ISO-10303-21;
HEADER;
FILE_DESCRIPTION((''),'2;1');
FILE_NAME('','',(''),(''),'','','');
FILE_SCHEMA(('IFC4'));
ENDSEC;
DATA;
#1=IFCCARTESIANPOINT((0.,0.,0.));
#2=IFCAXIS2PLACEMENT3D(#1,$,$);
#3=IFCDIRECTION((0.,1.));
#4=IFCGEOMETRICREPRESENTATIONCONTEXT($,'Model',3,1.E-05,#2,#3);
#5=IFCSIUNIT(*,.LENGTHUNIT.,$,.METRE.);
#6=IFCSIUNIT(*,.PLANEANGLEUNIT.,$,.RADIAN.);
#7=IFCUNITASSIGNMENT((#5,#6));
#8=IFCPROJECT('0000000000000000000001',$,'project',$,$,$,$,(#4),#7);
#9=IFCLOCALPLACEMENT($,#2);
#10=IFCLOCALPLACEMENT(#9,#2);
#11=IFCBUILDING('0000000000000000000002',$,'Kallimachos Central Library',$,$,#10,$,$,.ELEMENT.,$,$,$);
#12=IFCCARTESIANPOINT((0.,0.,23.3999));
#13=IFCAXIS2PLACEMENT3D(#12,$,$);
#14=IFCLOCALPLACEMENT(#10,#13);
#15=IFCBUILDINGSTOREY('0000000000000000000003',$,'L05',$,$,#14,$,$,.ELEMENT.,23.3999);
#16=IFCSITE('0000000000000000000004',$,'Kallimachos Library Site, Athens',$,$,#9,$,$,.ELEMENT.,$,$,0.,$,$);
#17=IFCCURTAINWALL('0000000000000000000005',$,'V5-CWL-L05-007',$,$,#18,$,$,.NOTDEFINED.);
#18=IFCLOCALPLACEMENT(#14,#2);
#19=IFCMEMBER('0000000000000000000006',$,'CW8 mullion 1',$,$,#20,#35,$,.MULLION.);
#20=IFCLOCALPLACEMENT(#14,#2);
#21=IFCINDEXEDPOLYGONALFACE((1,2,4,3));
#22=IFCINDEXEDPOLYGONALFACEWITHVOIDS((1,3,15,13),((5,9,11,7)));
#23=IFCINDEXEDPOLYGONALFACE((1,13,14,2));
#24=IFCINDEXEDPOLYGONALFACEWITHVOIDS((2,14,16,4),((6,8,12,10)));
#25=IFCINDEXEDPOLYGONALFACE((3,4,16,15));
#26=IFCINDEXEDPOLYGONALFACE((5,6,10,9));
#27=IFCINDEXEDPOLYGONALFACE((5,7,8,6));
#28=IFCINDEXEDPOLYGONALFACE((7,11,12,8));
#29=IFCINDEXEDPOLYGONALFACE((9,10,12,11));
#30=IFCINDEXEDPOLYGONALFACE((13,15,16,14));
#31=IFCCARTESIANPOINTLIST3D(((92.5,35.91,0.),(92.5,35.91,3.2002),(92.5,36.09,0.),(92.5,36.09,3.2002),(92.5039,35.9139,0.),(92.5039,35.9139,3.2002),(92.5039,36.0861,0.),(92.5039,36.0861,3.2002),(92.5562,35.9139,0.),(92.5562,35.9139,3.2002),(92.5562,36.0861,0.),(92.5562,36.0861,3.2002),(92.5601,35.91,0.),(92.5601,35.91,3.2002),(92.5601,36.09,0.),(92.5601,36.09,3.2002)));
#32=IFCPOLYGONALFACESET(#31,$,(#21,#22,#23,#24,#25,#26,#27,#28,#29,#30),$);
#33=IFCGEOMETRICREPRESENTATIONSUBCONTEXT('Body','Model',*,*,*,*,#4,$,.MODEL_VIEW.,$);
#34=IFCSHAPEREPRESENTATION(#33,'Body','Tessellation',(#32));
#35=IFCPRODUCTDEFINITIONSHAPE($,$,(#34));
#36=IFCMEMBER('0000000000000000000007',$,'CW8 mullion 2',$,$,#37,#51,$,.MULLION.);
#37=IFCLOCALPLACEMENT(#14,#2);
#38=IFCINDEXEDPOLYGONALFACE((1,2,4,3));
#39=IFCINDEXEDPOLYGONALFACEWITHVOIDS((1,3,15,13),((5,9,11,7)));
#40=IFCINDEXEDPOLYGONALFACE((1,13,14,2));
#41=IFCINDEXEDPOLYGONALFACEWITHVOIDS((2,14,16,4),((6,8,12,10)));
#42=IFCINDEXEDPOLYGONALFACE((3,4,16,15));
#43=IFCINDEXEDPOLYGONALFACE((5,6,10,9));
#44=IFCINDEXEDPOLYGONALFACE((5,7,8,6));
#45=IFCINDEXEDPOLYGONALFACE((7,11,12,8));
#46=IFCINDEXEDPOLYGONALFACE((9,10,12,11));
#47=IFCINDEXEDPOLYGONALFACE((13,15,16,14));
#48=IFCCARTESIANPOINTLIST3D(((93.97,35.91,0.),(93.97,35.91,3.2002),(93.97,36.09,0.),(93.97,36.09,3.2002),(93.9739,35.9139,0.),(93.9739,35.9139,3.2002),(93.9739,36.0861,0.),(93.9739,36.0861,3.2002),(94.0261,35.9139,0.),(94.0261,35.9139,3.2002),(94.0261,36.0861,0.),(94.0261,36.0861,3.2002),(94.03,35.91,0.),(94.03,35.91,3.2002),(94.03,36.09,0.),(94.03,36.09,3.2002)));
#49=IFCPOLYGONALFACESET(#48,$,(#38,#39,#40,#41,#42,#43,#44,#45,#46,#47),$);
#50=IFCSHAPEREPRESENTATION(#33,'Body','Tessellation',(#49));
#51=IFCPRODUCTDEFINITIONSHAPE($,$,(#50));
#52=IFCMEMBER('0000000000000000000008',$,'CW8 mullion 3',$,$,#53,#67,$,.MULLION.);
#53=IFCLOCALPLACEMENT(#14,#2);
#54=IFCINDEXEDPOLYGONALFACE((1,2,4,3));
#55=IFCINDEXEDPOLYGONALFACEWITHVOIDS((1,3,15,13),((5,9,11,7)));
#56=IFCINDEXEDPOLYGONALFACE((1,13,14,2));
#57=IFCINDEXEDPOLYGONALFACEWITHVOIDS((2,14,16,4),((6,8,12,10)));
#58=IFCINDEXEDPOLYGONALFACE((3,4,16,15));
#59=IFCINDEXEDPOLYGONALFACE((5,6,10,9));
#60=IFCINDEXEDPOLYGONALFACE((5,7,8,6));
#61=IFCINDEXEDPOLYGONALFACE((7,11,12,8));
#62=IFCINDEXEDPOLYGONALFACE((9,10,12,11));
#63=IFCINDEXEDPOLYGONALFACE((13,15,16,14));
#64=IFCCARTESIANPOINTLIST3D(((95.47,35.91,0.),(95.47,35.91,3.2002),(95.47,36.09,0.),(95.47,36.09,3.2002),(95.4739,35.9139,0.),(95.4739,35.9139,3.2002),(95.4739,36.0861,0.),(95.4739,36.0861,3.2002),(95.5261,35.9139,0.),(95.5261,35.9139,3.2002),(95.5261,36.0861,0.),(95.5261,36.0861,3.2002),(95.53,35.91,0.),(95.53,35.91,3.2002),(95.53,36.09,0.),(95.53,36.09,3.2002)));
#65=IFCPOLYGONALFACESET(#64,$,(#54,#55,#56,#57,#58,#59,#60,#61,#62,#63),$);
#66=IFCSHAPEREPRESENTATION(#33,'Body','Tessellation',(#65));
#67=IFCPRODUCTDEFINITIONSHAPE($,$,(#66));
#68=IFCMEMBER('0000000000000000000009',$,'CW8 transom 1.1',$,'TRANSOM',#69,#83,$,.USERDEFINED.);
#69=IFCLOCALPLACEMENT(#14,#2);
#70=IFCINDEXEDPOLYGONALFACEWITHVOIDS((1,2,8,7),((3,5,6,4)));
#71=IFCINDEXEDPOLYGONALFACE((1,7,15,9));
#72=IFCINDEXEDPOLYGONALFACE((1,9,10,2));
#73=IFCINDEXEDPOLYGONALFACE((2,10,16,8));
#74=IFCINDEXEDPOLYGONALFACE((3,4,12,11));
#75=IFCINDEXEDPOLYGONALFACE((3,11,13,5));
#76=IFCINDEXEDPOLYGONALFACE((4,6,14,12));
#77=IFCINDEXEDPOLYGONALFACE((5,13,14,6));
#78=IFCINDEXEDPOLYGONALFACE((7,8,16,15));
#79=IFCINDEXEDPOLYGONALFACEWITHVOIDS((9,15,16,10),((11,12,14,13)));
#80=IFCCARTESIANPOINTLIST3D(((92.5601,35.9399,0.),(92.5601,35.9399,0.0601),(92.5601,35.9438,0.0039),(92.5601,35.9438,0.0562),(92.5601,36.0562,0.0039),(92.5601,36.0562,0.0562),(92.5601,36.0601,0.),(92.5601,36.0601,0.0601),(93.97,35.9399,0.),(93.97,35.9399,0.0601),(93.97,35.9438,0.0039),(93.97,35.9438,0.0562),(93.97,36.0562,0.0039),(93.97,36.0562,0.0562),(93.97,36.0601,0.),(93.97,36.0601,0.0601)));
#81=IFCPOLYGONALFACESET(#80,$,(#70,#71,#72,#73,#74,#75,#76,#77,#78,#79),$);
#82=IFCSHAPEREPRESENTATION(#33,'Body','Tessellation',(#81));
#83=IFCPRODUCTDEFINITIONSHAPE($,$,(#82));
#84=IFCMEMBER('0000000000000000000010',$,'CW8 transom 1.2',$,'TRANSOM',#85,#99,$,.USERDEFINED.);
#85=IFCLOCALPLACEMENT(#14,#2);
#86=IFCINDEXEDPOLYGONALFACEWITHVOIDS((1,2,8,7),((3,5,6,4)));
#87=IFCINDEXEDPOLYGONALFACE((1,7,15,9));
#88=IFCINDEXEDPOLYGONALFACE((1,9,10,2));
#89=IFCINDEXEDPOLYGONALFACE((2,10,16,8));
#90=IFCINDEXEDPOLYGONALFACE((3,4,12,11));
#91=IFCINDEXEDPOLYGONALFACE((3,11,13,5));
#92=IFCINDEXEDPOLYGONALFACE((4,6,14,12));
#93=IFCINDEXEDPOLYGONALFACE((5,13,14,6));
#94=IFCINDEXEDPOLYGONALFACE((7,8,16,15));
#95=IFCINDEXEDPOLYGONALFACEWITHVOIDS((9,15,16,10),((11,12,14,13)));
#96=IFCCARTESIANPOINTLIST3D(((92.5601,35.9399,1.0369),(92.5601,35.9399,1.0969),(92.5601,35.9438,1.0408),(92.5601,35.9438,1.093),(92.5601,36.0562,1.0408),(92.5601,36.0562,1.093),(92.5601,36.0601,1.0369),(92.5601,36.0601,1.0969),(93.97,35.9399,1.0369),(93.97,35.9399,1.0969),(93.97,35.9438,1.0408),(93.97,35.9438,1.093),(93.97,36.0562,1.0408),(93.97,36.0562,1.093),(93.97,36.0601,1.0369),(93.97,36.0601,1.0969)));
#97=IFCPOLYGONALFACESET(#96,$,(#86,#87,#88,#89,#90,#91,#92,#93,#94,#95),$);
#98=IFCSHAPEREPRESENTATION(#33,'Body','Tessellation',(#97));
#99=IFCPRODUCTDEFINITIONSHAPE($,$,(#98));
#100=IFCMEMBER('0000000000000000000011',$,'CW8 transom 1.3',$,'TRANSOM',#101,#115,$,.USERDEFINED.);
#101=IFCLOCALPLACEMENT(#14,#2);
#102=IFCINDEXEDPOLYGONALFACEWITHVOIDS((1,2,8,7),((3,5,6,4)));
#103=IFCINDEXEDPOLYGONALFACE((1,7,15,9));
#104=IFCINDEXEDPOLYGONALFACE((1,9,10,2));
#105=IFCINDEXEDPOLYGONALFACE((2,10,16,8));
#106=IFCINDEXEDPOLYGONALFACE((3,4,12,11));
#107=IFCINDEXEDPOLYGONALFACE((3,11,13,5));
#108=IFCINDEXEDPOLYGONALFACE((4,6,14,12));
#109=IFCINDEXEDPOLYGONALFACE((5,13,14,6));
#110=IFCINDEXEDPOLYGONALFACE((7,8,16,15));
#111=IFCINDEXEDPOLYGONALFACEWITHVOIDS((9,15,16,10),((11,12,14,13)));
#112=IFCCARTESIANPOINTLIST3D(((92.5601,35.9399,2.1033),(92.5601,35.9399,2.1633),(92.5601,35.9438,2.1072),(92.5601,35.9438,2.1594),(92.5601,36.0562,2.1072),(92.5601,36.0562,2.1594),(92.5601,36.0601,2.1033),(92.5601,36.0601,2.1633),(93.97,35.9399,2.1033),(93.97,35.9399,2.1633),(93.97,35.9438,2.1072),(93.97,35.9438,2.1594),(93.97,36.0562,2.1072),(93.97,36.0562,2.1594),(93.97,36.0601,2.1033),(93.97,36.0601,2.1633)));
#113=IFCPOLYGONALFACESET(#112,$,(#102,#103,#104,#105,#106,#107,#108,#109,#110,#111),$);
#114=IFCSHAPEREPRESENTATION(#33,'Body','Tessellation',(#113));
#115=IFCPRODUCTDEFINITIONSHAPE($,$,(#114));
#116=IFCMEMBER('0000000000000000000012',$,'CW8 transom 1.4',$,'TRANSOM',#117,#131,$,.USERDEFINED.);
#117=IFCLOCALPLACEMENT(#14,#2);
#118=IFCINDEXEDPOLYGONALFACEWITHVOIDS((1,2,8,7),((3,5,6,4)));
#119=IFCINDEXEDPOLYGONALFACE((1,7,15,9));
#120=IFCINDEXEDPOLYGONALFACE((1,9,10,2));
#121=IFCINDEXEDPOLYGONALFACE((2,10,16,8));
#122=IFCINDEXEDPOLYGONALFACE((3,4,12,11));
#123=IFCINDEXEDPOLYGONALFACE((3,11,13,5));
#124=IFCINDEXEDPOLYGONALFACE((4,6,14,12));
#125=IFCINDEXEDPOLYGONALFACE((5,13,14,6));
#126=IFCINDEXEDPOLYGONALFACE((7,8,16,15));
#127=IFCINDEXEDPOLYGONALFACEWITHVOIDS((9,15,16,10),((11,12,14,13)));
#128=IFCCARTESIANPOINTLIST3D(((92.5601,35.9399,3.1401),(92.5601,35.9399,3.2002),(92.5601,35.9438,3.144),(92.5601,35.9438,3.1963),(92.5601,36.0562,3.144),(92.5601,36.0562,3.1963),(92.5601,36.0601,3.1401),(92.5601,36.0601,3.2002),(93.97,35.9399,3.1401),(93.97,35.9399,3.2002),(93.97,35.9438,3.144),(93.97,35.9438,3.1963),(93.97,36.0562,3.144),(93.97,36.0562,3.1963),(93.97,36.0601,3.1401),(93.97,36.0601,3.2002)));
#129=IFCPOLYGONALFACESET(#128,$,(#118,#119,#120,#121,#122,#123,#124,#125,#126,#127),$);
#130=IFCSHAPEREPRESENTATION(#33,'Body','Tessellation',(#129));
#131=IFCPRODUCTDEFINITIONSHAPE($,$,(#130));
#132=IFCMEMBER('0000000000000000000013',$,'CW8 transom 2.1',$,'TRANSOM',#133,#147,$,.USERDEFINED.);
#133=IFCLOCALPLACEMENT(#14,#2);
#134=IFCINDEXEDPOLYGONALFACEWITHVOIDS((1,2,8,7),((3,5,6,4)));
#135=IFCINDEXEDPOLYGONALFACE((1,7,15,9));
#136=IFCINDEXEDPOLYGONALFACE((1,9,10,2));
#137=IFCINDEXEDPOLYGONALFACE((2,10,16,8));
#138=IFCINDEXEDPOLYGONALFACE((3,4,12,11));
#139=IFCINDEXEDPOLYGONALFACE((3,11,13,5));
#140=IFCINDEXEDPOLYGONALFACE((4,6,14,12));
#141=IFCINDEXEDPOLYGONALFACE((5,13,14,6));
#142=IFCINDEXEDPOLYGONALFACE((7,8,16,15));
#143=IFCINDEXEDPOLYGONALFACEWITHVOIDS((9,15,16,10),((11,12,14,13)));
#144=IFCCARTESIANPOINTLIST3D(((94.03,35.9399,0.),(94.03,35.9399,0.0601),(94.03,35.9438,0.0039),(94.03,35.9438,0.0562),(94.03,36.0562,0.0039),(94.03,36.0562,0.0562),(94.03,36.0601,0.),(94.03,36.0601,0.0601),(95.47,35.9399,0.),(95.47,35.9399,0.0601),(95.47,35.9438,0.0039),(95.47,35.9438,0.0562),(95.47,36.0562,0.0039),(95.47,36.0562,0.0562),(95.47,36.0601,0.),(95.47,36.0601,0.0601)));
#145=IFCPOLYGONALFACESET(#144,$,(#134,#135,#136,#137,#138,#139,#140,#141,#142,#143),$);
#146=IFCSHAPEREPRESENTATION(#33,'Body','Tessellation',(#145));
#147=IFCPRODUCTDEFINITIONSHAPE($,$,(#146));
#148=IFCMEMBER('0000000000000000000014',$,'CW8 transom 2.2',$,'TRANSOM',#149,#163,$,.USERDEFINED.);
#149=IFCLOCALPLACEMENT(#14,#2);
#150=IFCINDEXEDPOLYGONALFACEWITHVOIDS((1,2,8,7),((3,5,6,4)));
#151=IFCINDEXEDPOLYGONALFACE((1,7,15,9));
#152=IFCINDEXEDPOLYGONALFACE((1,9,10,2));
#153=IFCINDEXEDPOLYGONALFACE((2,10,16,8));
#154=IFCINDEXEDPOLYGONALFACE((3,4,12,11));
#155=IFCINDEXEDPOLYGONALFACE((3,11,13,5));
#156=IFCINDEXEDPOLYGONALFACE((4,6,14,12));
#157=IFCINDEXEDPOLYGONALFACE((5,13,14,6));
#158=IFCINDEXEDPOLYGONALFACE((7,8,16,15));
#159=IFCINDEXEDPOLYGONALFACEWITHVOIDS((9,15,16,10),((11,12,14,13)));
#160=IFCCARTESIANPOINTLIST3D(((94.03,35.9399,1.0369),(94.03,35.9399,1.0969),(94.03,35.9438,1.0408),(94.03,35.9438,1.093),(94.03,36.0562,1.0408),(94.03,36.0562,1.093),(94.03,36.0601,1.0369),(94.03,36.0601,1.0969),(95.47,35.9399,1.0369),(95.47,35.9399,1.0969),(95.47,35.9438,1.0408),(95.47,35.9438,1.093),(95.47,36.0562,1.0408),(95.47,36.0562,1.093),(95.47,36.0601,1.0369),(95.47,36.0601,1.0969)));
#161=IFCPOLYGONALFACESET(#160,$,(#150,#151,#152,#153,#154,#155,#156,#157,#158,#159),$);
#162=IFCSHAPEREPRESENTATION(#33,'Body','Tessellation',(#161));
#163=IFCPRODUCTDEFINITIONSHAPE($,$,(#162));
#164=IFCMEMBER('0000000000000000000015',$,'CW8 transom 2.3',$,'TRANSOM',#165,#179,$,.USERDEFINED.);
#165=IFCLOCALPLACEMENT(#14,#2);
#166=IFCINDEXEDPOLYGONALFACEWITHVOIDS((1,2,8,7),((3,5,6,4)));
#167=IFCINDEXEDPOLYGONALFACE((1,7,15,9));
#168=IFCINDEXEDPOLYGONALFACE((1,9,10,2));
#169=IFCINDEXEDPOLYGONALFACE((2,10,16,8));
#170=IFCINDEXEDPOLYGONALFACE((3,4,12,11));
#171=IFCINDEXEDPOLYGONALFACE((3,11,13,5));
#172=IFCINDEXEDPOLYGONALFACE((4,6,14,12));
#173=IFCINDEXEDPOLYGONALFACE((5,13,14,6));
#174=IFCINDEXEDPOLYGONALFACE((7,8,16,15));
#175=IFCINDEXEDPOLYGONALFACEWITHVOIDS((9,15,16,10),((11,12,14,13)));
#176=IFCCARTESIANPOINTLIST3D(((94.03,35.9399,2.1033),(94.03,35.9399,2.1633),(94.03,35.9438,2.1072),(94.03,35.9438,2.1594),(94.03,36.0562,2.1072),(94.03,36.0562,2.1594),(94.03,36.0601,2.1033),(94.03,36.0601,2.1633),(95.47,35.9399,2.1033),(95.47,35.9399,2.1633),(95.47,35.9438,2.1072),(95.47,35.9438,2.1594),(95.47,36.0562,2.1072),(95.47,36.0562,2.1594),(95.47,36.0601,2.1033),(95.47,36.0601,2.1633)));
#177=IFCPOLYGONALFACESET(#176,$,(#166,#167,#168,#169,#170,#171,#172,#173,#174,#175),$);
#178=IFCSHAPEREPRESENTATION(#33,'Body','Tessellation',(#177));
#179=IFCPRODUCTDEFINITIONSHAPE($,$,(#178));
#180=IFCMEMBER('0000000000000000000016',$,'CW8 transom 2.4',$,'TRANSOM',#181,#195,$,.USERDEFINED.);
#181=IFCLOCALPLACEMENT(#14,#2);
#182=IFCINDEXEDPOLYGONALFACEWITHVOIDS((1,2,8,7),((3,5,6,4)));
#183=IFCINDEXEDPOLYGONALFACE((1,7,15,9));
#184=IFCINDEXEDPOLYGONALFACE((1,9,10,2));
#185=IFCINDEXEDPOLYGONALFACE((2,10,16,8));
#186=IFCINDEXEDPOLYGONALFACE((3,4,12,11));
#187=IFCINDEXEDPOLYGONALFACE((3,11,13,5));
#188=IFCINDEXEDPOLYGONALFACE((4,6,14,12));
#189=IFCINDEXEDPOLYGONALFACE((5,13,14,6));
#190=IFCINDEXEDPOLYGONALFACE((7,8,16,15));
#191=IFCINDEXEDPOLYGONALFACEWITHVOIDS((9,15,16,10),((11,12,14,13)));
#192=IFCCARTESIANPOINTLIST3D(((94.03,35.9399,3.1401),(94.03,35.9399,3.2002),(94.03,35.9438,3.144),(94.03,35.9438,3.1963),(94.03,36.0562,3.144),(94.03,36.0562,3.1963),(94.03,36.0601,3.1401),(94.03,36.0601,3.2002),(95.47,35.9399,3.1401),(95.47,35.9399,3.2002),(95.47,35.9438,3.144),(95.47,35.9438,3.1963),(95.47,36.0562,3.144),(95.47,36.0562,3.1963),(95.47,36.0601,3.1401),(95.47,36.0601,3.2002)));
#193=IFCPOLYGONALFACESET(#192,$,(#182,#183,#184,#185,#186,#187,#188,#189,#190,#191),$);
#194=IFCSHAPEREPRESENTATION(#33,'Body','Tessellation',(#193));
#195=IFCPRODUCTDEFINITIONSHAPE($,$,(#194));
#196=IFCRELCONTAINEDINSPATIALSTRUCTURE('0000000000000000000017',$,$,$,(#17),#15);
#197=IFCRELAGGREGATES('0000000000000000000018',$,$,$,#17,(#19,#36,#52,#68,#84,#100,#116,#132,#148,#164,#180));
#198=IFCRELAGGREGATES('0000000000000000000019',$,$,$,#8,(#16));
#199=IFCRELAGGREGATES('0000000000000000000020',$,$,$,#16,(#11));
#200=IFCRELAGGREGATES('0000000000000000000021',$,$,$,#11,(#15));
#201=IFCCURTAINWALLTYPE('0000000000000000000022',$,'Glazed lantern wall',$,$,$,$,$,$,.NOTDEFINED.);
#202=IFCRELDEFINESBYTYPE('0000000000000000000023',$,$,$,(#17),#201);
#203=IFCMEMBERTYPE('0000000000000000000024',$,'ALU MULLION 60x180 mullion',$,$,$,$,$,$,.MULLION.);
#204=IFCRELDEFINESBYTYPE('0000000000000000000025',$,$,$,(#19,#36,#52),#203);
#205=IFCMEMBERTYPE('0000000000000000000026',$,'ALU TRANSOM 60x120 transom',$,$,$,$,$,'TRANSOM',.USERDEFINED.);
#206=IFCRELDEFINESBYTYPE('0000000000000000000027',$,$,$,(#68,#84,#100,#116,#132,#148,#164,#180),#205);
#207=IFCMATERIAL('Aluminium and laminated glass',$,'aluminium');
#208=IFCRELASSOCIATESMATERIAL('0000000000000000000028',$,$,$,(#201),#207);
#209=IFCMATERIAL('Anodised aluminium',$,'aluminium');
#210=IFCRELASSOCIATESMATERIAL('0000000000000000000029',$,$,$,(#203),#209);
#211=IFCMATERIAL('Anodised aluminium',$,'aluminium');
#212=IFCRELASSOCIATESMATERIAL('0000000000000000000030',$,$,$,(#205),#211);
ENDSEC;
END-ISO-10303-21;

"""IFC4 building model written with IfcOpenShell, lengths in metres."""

from ifc_helpers import new_model, si_unit, direction, frame, origin, origin_2d, place, context, subcontext, project, spatial, hollow_rectangle, extrude, material, material_profile, profile_set, type_object, element, aggregate, save


model = new_model("IFC4")

# Units and contexts
model_context = context("Model", 3, precision=1e-05, world=origin(), true_north=direction((0.0, 1.0)))
body_context = subcontext(model_context, "Body", "Model", "MODEL_VIEW")
ifc_project = project(units=[si_unit("LENGTHUNIT", "METRE"), si_unit("PLANEANGLEUNIT", "RADIAN")], contexts=[model_context])

# Site, building, storey
site_placement = place(None, origin())
site = spatial("IfcSite", under=ifc_project, at=site_placement, Name="Kallimachos Library Site, Athens", CompositionType="ELEMENT", RefElevation=0.0)
building_placement = place(site_placement, origin())
building = spatial("IfcBuilding", under=site, at=building_placement, Name="Kallimachos Central Library", CompositionType="ELEMENT")
storey_placement = place(building_placement, frame((0.0, 0.0, 23.3999)))
storey = spatial("IfcBuildingStorey", under=building, at=storey_placement, Name="L05", CompositionType="ELEMENT", Elevation=23.3999)

# Curtain wall, members
ifc_material_1 = material(Name="Aluminium and laminated glass", Category="aluminium")
curtain_wall_type = type_object("IfcCurtainWallType", Name="Glazed lantern wall", PredefinedType="NOTDEFINED", material=ifc_material_1)
curtain_wall_placement = place(storey_placement, origin())
curtain_wall = element("IfcCurtainWall", 1, at=curtain_wall_placement, inside=storey, type_object=curtain_wall_type, Name="V5-CWL-L05-007", PredefinedType="NOTDEFINED")
ifc_material_2 = material(Name="Anodised aluminium", Category="aluminium")
ifc_material_profile_1 = material_profile(ifc_material_2, hollow_rectangle(XDim=0.0601, YDim=0.1799, WallThickness=0.0039, at=origin_2d()), Name="ALU MULLION 60x180")
ifc_profile_set_1 = profile_set([ifc_material_profile_1], Name="Anodised aluminium")
member_type_1 = type_object("IfcMemberType", Name="ALU MULLION 60x180 mullion", PredefinedType="MULLION", material=ifc_profile_set_1)
member_1_placement = place(storey_placement, frame((92.53, 36.0, 0.0), z_axis=(0.0, 0.0, 1.0), x_axis=(1.0, 0.0, 0.0)))
member_1 = element("IfcMember", 2, at=member_1_placement, type_object=member_type_1, Name="CW8 mullion 1", PredefinedType="MULLION", context=body_context, shape_type="SweptSolid", body=[
    extrude(hollow_rectangle(XDim=0.0601, YDim=0.1799, WallThickness=0.0039, at=origin_2d()), origin(), (0.0, 0.0, 1.0), 3.2002),
])
member_2_placement = place(storey_placement, frame((94.0, 36.0, 0.0), z_axis=(0.0, 0.0, 1.0), x_axis=(1.0, 0.0, 0.0)))
member_2 = element("IfcMember", 3, at=member_2_placement, type_object=member_type_1, Name="CW8 mullion 2", PredefinedType="MULLION", context=body_context, shape_type="SweptSolid", body=[
    extrude(hollow_rectangle(XDim=0.0601, YDim=0.1799, WallThickness=0.0039, at=origin_2d()), origin(), (0.0, 0.0, 1.0), 3.2002),
])
member_3_placement = place(storey_placement, frame((95.5, 36.0, 0.0), z_axis=(0.0, 0.0, 1.0), x_axis=(1.0, 0.0, 0.0)))
member_3 = element("IfcMember", 4, at=member_3_placement, type_object=member_type_1, Name="CW8 mullion 3", PredefinedType="MULLION", context=body_context, shape_type="SweptSolid", body=[
    extrude(hollow_rectangle(XDim=0.0601, YDim=0.1799, WallThickness=0.0039, at=origin_2d()), origin(), (0.0, 0.0, 1.0), 3.2002),
])
ifc_material_3 = material(Name="Anodised aluminium", Category="aluminium")
ifc_material_profile_2 = material_profile(ifc_material_3, hollow_rectangle(XDim=0.0601, YDim=0.1201, WallThickness=0.0039, at=origin_2d()), Name="ALU TRANSOM 60x120")
ifc_profile_set_2 = profile_set([ifc_material_profile_2], Name="Anodised aluminium")
member_type_2 = type_object("IfcMemberType", Name="ALU TRANSOM 60x120 transom", ElementType="TRANSOM", PredefinedType="USERDEFINED", material=ifc_profile_set_2)
member_4_placement = place(storey_placement, frame((92.5601, 36.0, 0.03), z_axis=(1.0, 0.0, 0.0), x_axis=(0.0, 0.0, 1.0)))
member_4 = element("IfcMember", 5, at=member_4_placement, type_object=member_type_2, Name="CW8 transom 1.1", ObjectType="TRANSOM", PredefinedType="USERDEFINED", context=body_context, shape_type="SweptSolid", body=[
    extrude(hollow_rectangle(XDim=0.0601, YDim=0.1201, WallThickness=0.0039, at=origin_2d()), origin(), (0.0, 0.0, 1.0), 1.4099),
])
member_5_placement = place(storey_placement, frame((92.5601, 36.0, 1.0669), z_axis=(1.0, 0.0, 0.0), x_axis=(0.0, 0.0, 1.0)))
member_5 = element("IfcMember", 6, at=member_5_placement, type_object=member_type_2, Name="CW8 transom 1.2", ObjectType="TRANSOM", PredefinedType="USERDEFINED", context=body_context, shape_type="SweptSolid", body=[
    extrude(hollow_rectangle(XDim=0.0601, YDim=0.1201, WallThickness=0.0039, at=origin_2d()), origin(), (0.0, 0.0, 1.0), 1.4099),
])
member_6_placement = place(storey_placement, frame((92.5601, 36.0, 2.1333), z_axis=(1.0, 0.0, 0.0), x_axis=(0.0, 0.0, 1.0)))
member_6 = element("IfcMember", 7, at=member_6_placement, type_object=member_type_2, Name="CW8 transom 1.3", ObjectType="TRANSOM", PredefinedType="USERDEFINED", context=body_context, shape_type="SweptSolid", body=[
    extrude(hollow_rectangle(XDim=0.0601, YDim=0.1201, WallThickness=0.0039, at=origin_2d()), origin(), (0.0, 0.0, 1.0), 1.4099),
])
member_7_placement = place(storey_placement, frame((92.5601, 36.0, 3.1702), z_axis=(1.0, 0.0, 0.0), x_axis=(0.0, 0.0, 1.0)))
member_7 = element("IfcMember", 8, at=member_7_placement, type_object=member_type_2, Name="CW8 transom 1.4", ObjectType="TRANSOM", PredefinedType="USERDEFINED", context=body_context, shape_type="SweptSolid", body=[
    extrude(hollow_rectangle(XDim=0.0601, YDim=0.1201, WallThickness=0.0039, at=origin_2d()), origin(), (0.0, 0.0, 1.0), 1.4099),
])
member_8_placement = place(storey_placement, frame((94.03, 36.0, 0.03), z_axis=(1.0, 0.0, 0.0), x_axis=(0.0, 0.0, 1.0)))
member_8 = element("IfcMember", 9, at=member_8_placement, type_object=member_type_2, Name="CW8 transom 2.1", ObjectType="TRANSOM", PredefinedType="USERDEFINED", context=body_context, shape_type="SweptSolid", body=[
    extrude(hollow_rectangle(XDim=0.0601, YDim=0.1201, WallThickness=0.0039, at=origin_2d()), origin(), (0.0, 0.0, 1.0), 1.4399),
])
member_9_placement = place(storey_placement, frame((94.03, 36.0, 1.0669), z_axis=(1.0, 0.0, 0.0), x_axis=(0.0, 0.0, 1.0)))
member_9 = element("IfcMember", 10, at=member_9_placement, type_object=member_type_2, Name="CW8 transom 2.2", ObjectType="TRANSOM", PredefinedType="USERDEFINED", context=body_context, shape_type="SweptSolid", body=[
    extrude(hollow_rectangle(XDim=0.0601, YDim=0.1201, WallThickness=0.0039, at=origin_2d()), origin(), (0.0, 0.0, 1.0), 1.4399),
])
member_10_placement = place(storey_placement, frame((94.03, 36.0, 2.1333), z_axis=(1.0, 0.0, 0.0), x_axis=(0.0, 0.0, 1.0)))
member_10 = element("IfcMember", 11, at=member_10_placement, type_object=member_type_2, Name="CW8 transom 2.3", ObjectType="TRANSOM", PredefinedType="USERDEFINED", context=body_context, shape_type="SweptSolid", body=[
    extrude(hollow_rectangle(XDim=0.0601, YDim=0.1201, WallThickness=0.0039, at=origin_2d()), origin(), (0.0, 0.0, 1.0), 1.4399),
])
member_11_placement = place(storey_placement, frame((94.03, 36.0, 3.1702), z_axis=(1.0, 0.0, 0.0), x_axis=(0.0, 0.0, 1.0)))
member_11 = element("IfcMember", 12, at=member_11_placement, type_object=member_type_2, Name="CW8 transom 2.4", ObjectType="TRANSOM", PredefinedType="USERDEFINED", context=body_context, shape_type="SweptSolid", body=[
    extrude(hollow_rectangle(XDim=0.0601, YDim=0.1201, WallThickness=0.0039, at=origin_2d()), origin(), (0.0, 0.0, 1.0), 1.4399),
])
aggregate(curtain_wall, [member_1, member_2, member_3, member_4, member_5, member_6, member_7, member_8, member_9, member_10, member_11])

save(model, "model.ifc")
